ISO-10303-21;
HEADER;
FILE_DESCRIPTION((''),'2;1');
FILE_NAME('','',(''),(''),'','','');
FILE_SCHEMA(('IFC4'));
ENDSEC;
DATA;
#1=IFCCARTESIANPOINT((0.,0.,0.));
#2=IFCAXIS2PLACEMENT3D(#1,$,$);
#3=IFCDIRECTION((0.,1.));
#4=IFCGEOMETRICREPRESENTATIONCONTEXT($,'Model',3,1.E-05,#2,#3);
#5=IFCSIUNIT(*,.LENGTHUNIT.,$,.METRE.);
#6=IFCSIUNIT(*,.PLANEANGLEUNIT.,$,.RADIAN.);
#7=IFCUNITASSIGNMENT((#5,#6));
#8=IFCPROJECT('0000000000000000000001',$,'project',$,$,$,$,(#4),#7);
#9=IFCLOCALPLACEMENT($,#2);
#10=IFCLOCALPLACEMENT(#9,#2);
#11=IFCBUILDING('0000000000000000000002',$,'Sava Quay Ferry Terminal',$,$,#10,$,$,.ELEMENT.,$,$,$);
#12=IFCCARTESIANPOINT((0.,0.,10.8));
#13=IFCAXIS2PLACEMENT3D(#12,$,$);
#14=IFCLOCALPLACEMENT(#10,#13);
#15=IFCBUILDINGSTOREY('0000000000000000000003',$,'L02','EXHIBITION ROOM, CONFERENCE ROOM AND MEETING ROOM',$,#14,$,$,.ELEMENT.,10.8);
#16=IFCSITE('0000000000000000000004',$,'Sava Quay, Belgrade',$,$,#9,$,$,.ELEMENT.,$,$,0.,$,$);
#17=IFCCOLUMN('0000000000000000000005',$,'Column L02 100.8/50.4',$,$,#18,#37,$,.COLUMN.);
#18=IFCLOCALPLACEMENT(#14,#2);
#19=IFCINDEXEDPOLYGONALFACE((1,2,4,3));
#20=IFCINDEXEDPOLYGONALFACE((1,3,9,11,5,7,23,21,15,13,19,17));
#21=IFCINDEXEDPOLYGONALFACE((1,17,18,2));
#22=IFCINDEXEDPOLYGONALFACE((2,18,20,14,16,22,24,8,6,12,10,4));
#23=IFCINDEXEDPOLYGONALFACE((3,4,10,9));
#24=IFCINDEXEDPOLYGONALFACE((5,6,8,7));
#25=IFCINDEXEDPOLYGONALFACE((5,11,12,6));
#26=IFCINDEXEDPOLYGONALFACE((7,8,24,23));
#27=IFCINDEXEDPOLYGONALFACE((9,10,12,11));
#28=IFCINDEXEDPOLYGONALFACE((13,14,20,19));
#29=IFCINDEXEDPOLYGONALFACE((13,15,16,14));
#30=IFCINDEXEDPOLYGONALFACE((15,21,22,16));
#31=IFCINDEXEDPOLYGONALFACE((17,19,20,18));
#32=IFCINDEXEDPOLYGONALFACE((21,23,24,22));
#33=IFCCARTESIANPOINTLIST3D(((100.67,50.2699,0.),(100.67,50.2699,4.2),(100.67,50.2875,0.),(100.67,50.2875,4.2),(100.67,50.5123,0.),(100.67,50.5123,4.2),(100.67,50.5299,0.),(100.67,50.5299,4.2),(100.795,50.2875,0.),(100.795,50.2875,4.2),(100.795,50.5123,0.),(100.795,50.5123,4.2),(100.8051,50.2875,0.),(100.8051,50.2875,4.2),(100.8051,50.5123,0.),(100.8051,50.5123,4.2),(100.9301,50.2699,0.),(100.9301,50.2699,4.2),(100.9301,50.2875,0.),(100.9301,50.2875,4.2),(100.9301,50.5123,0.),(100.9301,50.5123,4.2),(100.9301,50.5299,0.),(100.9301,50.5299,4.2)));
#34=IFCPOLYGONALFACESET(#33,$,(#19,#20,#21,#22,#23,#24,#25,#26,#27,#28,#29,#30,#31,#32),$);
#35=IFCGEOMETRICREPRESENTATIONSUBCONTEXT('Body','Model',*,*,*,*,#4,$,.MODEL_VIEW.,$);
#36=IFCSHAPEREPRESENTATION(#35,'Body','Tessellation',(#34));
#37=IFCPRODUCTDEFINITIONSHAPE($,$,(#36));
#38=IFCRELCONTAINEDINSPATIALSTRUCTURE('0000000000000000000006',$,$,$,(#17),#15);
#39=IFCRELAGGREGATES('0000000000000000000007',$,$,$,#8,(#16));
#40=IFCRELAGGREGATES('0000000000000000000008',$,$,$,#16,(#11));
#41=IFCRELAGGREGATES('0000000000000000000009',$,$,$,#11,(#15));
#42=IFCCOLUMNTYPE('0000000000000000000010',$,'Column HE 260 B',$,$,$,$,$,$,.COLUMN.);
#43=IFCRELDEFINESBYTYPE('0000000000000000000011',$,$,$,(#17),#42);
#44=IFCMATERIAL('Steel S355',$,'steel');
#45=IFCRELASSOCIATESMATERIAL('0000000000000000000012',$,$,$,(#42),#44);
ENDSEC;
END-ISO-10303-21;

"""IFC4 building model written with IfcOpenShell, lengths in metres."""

from ifc_helpers import new_model, si_unit, direction, frame, origin, origin_2d, place, context, subcontext, project, spatial, i_section, extrude, material, material_profile, profile_set, type_object, element, save


model = new_model("IFC4")

# Units and contexts
model_context = context("Model", 3, precision=1e-05, world=origin(), true_north=direction((0.0, 1.0)))
body_context = subcontext(model_context, "Body", "Model", "MODEL_VIEW")
ifc_project = project(units=[si_unit("LENGTHUNIT", "METRE"), si_unit("PLANEANGLEUNIT", "RADIAN")], contexts=[model_context])

# Site, building, storey
site_placement = place(None, origin())
site = spatial("IfcSite", under=ifc_project, at=site_placement, Name="Sava Quay, Belgrade", CompositionType="ELEMENT", RefElevation=0.0)
building_placement = place(site_placement, origin())
building = spatial("IfcBuilding", under=site, at=building_placement, Name="Sava Quay Ferry Terminal", CompositionType="ELEMENT")
storey_placement = place(building_placement, frame((0.0, 0.0, 10.8)))
storey = spatial("IfcBuildingStorey", under=building, at=storey_placement, Name="L02", Description="EXHIBITION ROOM, CONFERENCE ROOM AND MEETING ROOM", CompositionType="ELEMENT", Elevation=10.8)

# Column
ifc_material_1 = material(Name="Steel S355", Category="steel")
ifc_material_profile = material_profile(ifc_material_1, i_section(OverallWidth=0.26, OverallDepth=0.26, WebThickness=0.01, FlangeThickness=0.0176, at=origin_2d()), Name="HE 260 B")
ifc_profile_set = profile_set([ifc_material_profile], Name="Steel S355")
column_type = type_object("IfcColumnType", Name="Column HE 260 B", PredefinedType="COLUMN", material=ifc_profile_set)
column_placement = place(storey_placement, frame((100.8, 50.3999, 0.0), z_axis=(0.0, 0.0, 1.0), x_axis=(1.0, 0.0, 0.0)))
element("IfcColumn", 1, at=column_placement, inside=storey, type_object=column_type, Name="Column L02 100.8/50.4", PredefinedType="COLUMN", context=body_context, shape_type="SweptSolid", body=[
    extrude(i_section(OverallWidth=0.26, OverallDepth=0.26, WebThickness=0.01, FlangeThickness=0.0176, at=origin_2d()), origin(), (0.0, 0.0, 1.0), 4.2),
])

save(model, "model.ifc")
